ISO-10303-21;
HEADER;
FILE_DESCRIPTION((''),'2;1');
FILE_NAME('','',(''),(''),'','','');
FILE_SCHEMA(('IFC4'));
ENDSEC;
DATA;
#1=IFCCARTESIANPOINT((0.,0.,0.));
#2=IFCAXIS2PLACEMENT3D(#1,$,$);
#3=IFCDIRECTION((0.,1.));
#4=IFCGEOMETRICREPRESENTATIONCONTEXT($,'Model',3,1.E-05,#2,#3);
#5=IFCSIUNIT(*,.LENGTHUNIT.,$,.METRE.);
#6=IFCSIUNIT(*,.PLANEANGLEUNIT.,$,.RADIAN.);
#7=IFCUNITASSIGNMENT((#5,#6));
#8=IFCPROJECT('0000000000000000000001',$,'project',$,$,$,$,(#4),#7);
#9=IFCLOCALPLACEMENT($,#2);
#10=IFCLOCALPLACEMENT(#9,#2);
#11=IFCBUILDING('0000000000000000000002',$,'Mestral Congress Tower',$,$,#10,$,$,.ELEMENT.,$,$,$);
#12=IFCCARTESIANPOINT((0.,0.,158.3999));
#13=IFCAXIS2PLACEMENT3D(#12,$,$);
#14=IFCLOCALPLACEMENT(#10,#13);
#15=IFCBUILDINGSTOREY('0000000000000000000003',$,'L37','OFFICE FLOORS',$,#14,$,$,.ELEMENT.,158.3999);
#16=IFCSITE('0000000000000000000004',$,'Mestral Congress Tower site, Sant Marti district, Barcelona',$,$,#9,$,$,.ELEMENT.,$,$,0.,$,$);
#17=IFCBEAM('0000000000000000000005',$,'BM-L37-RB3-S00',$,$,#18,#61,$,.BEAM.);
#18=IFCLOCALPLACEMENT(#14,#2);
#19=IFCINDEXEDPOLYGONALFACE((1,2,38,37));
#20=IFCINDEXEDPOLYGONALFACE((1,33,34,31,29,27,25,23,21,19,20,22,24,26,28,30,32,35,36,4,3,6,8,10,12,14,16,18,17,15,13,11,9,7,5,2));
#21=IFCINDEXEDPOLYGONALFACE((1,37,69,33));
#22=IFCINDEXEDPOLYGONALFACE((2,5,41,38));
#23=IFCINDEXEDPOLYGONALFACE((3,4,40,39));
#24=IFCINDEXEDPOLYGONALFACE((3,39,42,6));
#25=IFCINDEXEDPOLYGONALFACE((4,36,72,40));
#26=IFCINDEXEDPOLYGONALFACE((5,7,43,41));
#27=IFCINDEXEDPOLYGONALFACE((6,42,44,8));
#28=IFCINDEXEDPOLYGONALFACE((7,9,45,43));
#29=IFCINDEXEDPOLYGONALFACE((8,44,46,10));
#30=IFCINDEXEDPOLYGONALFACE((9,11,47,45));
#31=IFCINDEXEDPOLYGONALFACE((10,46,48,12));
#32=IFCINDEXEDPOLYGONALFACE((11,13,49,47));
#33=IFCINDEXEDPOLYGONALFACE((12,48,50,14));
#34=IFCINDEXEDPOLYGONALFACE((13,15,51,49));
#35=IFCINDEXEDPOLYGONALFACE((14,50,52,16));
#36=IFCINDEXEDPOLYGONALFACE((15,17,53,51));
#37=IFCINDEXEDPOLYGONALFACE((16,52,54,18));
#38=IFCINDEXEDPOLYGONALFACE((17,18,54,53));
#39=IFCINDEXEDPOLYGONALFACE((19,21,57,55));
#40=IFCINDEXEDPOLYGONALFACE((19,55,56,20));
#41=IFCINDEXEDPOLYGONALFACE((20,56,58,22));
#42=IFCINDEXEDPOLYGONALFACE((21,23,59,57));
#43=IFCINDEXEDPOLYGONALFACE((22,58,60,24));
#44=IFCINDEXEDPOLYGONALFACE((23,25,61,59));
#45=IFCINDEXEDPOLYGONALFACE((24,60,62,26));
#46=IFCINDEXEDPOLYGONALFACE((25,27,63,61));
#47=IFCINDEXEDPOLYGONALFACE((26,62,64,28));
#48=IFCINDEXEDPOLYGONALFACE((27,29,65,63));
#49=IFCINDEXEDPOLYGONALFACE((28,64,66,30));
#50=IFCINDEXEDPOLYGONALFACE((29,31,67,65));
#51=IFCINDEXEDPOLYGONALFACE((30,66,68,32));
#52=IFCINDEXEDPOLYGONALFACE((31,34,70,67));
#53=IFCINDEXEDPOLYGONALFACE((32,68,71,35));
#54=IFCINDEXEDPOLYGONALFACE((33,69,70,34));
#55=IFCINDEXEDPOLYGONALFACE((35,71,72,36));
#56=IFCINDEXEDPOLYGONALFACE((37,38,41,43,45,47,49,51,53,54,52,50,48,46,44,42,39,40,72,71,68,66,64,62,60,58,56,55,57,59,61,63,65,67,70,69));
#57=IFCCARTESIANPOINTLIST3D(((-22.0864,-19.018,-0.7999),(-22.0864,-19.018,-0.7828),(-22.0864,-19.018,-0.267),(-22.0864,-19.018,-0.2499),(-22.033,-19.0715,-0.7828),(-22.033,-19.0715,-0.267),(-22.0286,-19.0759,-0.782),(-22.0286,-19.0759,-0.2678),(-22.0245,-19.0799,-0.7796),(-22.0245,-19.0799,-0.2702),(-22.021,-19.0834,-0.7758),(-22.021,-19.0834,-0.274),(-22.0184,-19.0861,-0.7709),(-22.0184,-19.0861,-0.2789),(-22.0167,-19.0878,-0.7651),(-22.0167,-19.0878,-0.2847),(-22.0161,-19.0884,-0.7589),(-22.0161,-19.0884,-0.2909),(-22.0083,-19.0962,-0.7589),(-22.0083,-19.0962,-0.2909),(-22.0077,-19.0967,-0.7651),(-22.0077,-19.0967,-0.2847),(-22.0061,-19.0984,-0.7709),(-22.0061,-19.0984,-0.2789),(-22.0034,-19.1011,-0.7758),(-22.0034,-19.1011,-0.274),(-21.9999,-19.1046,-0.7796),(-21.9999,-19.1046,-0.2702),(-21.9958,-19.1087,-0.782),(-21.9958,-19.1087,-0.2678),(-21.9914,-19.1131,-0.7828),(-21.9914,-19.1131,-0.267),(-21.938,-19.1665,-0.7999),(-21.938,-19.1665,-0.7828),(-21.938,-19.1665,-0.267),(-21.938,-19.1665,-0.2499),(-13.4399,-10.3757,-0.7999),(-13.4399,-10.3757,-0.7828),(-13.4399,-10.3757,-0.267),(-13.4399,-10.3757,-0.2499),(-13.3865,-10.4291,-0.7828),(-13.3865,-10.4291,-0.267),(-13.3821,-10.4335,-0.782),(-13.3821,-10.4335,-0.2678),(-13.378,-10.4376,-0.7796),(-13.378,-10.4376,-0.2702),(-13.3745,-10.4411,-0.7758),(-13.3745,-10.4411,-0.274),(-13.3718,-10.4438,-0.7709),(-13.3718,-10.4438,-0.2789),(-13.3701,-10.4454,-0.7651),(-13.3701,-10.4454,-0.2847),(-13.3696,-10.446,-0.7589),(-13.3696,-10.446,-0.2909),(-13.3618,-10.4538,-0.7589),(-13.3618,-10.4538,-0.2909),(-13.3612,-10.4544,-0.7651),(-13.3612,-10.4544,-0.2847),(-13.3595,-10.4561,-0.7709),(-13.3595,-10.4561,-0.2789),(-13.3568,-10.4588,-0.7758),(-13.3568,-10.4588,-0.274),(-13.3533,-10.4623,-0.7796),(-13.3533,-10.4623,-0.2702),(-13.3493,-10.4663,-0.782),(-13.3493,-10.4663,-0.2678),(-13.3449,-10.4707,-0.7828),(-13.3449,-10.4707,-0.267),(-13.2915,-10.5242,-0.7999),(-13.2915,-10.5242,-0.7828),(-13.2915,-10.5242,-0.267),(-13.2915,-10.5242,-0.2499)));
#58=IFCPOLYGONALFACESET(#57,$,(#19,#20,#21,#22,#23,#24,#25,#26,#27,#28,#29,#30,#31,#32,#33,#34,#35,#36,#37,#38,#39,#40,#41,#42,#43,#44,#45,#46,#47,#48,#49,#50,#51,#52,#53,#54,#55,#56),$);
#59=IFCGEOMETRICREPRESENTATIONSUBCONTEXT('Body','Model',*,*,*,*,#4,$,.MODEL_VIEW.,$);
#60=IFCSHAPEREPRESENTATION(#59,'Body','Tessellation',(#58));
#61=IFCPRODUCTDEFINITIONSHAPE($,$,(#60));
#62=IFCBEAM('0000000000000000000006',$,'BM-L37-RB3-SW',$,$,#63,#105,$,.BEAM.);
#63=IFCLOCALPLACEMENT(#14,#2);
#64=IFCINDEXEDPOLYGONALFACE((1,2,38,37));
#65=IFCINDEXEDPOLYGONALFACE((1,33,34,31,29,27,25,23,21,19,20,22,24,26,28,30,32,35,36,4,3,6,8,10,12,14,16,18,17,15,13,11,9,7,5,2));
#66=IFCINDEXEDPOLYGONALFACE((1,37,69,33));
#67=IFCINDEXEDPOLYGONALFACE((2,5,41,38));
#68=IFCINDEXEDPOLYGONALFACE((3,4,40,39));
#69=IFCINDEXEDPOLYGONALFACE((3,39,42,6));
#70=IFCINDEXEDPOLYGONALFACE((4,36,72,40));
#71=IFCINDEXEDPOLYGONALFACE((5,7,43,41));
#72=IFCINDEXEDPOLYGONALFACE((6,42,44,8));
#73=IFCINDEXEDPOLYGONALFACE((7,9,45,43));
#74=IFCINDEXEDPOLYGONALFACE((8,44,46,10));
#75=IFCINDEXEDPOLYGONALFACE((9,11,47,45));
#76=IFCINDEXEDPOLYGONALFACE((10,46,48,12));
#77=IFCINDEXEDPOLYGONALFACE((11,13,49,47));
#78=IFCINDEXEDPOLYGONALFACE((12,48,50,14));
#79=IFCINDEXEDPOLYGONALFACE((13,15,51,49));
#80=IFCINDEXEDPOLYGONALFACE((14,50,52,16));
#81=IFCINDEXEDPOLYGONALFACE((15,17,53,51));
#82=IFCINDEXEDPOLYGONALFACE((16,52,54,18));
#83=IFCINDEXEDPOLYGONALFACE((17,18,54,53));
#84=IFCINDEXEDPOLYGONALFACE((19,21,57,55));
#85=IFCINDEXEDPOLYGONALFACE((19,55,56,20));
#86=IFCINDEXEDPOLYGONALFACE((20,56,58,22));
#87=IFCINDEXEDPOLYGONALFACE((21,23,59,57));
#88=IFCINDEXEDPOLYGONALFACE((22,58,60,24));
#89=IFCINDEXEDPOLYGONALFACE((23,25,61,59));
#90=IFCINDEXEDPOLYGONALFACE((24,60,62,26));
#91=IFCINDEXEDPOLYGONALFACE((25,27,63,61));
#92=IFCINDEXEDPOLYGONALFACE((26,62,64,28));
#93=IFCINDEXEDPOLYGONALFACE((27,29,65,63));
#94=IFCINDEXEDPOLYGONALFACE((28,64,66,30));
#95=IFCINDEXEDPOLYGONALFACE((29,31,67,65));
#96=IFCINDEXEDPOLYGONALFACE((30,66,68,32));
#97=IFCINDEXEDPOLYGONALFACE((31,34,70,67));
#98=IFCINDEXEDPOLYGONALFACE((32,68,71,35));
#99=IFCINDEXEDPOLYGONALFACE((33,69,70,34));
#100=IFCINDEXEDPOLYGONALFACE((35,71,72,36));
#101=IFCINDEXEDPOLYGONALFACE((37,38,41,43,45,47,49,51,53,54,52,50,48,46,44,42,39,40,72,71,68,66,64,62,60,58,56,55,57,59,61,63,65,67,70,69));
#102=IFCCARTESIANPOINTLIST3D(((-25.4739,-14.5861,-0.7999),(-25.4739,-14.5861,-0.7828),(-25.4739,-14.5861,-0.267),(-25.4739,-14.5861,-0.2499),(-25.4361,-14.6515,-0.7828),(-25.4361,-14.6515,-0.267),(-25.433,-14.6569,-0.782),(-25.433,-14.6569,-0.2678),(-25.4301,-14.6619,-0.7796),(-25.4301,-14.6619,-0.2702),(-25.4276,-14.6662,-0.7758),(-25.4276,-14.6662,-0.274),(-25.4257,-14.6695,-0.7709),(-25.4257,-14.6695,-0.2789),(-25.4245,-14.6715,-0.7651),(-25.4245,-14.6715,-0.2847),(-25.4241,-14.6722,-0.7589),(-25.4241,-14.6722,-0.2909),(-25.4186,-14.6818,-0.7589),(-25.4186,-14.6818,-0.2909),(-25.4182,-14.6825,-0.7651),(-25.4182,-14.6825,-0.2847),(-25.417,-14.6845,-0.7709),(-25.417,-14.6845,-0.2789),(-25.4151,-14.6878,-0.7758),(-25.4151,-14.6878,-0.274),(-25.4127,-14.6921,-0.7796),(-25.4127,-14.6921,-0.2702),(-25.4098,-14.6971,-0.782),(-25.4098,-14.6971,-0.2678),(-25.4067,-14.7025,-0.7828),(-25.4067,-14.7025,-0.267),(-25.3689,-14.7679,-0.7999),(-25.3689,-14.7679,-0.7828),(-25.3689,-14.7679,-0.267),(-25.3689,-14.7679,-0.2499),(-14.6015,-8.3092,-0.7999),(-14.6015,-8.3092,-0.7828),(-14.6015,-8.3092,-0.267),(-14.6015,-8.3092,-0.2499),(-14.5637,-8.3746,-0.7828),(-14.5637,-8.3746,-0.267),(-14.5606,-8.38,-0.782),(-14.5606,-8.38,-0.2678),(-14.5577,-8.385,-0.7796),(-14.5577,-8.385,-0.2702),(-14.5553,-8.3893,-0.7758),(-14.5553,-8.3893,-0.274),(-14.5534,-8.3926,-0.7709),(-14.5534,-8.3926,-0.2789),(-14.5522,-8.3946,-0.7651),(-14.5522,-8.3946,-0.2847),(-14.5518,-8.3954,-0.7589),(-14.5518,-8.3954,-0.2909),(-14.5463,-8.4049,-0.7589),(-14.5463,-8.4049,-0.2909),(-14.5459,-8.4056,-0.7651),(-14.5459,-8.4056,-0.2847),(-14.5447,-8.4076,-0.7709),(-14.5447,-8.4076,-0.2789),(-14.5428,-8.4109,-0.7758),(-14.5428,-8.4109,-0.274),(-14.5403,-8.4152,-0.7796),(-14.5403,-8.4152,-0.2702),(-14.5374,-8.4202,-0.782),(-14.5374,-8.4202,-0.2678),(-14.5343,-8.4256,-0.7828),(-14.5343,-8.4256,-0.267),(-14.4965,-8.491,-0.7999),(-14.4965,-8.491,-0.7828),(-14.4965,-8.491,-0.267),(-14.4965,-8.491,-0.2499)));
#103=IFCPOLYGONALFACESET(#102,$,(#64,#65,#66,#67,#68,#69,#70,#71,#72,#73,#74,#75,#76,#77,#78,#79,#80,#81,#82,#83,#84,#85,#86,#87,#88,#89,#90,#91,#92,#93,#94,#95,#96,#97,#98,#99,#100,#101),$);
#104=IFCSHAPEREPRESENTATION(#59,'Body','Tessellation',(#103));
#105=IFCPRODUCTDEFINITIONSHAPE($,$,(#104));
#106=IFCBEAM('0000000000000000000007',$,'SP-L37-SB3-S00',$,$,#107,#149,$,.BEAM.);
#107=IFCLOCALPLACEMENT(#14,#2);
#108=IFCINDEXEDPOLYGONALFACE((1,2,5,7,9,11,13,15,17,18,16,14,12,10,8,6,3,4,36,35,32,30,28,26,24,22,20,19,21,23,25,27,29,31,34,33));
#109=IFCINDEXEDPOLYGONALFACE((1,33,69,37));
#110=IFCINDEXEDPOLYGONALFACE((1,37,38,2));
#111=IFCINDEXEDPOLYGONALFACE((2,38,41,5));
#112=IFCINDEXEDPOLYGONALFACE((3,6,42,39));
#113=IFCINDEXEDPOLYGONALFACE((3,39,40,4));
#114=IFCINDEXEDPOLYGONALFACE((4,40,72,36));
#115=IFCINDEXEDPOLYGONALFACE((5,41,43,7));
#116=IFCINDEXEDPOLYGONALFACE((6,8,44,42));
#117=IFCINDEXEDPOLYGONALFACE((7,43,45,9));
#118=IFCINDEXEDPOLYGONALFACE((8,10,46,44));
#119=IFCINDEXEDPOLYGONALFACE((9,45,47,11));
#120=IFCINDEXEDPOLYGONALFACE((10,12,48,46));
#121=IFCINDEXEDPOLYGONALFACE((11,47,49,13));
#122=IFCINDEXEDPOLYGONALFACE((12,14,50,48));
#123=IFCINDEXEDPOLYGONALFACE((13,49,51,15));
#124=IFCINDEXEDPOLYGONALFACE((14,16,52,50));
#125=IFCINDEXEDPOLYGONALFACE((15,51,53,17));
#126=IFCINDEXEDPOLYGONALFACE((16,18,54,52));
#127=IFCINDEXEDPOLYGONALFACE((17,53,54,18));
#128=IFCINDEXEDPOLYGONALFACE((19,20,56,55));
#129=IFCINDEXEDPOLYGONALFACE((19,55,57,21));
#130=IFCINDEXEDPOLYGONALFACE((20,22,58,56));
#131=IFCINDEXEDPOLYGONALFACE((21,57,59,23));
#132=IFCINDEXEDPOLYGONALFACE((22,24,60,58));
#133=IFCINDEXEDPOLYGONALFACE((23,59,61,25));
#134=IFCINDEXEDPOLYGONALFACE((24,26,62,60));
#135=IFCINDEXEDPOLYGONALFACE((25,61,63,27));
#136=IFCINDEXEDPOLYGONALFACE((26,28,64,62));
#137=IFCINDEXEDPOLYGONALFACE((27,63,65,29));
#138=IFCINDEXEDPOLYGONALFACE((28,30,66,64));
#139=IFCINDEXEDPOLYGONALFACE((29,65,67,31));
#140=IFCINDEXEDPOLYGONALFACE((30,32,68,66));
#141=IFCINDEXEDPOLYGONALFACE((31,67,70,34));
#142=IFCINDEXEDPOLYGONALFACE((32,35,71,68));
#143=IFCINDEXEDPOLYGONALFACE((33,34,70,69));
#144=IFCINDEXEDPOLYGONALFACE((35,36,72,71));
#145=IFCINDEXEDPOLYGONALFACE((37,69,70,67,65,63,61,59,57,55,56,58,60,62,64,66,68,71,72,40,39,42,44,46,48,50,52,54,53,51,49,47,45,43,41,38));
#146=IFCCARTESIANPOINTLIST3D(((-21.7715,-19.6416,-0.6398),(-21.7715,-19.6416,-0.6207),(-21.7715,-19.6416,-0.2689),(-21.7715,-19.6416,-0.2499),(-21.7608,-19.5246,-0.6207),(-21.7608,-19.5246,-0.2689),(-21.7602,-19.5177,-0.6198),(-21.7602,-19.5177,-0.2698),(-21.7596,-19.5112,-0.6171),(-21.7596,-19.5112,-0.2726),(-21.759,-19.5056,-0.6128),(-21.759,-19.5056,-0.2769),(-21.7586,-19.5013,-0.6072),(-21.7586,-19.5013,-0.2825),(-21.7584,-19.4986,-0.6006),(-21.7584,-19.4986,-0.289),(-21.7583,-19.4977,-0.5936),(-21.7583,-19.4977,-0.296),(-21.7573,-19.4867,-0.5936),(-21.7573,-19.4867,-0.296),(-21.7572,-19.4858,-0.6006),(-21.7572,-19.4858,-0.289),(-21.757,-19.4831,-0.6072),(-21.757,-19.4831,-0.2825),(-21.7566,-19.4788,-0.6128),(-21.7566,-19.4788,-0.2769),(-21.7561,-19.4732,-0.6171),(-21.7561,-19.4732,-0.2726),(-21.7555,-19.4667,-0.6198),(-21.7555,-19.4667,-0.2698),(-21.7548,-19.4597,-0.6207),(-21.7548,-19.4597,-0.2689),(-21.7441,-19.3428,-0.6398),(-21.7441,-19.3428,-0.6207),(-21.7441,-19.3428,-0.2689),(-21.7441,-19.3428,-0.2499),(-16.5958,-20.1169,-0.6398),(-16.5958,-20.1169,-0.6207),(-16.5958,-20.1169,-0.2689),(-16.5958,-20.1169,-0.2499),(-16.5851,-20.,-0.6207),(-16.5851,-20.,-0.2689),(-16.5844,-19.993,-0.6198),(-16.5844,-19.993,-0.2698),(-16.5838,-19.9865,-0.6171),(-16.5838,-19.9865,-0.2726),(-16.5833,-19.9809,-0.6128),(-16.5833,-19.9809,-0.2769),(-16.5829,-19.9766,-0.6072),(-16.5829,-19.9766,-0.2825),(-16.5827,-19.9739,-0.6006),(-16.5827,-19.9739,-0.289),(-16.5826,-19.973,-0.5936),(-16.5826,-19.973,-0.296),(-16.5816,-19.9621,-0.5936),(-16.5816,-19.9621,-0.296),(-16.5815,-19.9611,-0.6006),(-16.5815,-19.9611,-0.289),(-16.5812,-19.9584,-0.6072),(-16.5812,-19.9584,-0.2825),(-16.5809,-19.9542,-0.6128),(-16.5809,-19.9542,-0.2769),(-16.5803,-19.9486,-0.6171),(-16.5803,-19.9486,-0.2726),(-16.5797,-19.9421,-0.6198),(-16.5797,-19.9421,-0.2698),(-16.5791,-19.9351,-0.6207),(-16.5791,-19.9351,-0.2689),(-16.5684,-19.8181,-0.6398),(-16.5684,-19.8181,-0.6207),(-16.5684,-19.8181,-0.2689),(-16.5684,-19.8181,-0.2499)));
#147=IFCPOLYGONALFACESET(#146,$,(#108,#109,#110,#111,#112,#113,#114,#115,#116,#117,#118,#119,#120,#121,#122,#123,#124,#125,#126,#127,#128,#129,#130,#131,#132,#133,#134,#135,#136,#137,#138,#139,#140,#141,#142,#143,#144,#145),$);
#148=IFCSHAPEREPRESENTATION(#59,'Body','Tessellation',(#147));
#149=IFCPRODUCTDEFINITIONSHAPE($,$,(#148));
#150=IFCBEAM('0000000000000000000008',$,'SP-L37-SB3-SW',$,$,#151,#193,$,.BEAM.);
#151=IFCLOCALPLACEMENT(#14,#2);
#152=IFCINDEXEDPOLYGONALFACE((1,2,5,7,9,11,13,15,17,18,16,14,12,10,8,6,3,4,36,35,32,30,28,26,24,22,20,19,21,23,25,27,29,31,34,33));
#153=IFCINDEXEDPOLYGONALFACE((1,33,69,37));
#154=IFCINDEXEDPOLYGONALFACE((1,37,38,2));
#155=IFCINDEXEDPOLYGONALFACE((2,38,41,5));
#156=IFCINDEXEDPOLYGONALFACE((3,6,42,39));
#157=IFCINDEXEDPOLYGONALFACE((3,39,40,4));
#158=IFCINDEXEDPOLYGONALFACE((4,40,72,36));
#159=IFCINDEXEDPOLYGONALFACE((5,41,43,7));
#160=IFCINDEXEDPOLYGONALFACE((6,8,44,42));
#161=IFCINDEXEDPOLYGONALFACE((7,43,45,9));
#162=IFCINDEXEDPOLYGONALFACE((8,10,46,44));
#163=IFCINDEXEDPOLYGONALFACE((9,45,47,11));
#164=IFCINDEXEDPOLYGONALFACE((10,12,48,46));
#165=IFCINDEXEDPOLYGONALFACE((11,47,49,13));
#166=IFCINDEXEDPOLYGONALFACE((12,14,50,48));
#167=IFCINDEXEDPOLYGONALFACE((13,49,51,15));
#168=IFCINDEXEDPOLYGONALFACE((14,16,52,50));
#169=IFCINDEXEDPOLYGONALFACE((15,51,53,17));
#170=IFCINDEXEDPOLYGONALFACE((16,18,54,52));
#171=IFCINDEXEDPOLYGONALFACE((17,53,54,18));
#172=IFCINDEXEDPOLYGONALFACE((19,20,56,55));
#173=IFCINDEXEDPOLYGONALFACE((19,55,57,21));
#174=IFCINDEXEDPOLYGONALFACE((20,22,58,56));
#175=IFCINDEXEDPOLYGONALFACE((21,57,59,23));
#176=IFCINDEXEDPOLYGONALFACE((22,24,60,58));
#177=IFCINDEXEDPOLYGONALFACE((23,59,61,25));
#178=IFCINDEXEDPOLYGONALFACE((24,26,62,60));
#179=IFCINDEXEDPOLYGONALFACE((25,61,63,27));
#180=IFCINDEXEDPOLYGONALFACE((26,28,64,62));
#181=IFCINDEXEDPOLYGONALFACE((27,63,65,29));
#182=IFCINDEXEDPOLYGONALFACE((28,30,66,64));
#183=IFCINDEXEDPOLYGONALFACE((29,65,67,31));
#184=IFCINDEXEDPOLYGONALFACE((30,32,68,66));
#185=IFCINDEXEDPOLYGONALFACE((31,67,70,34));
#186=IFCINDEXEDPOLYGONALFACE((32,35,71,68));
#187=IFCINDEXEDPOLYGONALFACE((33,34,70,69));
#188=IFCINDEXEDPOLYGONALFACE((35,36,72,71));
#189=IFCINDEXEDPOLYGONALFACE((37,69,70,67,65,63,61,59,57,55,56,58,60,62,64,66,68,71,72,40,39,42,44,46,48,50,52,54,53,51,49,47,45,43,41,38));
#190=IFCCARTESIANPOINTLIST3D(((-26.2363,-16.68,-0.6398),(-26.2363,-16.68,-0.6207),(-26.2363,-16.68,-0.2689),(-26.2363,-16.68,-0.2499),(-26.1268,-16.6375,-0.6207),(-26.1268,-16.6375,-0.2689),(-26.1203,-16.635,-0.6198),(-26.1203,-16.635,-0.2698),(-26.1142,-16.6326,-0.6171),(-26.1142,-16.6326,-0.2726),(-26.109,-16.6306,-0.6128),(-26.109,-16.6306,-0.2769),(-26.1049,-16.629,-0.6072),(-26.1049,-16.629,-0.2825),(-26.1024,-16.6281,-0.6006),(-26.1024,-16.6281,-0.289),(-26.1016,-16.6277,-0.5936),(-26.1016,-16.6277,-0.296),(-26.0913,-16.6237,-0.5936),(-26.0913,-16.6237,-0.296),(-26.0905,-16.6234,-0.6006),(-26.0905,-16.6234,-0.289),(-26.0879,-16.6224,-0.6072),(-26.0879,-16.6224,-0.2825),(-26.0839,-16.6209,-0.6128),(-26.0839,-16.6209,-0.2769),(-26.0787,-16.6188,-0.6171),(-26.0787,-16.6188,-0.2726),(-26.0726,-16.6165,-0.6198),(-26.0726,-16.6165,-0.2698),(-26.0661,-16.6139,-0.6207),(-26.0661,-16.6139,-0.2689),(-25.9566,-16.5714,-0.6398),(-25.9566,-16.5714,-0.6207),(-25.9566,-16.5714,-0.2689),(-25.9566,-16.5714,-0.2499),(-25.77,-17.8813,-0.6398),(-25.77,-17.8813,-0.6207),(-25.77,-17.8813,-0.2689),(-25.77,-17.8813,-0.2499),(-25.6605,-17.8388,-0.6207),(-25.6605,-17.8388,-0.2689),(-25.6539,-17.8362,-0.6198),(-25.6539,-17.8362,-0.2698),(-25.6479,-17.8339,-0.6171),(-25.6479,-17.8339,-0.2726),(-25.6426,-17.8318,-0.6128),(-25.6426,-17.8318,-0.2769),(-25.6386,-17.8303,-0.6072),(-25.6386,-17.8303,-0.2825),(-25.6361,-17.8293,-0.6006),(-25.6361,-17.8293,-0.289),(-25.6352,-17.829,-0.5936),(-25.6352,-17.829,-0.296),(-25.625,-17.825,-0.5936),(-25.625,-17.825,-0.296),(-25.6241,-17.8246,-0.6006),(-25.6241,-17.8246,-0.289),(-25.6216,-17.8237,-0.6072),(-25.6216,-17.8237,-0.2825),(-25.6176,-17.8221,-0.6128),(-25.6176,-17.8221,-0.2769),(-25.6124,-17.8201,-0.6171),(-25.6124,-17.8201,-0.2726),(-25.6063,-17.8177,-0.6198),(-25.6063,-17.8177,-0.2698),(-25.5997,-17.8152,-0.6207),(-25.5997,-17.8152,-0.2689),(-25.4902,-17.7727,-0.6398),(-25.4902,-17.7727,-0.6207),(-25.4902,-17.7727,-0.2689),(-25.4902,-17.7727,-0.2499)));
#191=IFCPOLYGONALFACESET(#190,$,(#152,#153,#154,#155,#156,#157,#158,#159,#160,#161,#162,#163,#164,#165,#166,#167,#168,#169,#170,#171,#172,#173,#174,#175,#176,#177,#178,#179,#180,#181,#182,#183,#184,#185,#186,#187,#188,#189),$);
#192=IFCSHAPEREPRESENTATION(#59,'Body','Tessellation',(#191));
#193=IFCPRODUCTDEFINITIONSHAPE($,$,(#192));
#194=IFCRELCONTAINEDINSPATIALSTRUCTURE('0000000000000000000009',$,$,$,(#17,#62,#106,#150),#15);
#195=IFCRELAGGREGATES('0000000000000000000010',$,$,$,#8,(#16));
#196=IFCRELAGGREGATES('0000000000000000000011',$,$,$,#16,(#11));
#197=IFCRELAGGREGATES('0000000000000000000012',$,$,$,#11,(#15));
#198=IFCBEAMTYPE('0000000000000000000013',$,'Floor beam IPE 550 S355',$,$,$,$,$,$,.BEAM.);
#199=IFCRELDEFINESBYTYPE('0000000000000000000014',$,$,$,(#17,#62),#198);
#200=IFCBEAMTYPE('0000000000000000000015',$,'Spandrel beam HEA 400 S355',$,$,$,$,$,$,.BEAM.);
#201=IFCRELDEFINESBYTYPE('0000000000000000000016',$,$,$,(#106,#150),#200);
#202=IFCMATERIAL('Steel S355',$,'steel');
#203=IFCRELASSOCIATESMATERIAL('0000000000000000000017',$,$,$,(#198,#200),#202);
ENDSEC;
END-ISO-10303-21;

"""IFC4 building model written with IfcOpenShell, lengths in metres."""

from ifc_helpers import new_model, si_unit, direction, frame, origin, origin_2d, place, context, subcontext, project, spatial, i_section, extrude, material, material_profile, profile_set, type_object, element, save


model = new_model("IFC4")

# Units and contexts
model_context = context("Model", 3, precision=1e-05, world=origin(), true_north=direction((0.0, 1.0)))
body_context = subcontext(model_context, "Body", "Model", "MODEL_VIEW")
ifc_project = project(units=[si_unit("LENGTHUNIT", "METRE"), si_unit("PLANEANGLEUNIT", "RADIAN")], contexts=[model_context])

# Site, building, storey
site_placement = place(None, origin())
site = spatial("IfcSite", under=ifc_project, at=site_placement, Name="Mestral Congress Tower site, Sant Marti district, Barcelona", CompositionType="ELEMENT", RefElevation=0.0)
building_placement = place(site_placement, origin())
building = spatial("IfcBuilding", under=site, at=building_placement, Name="Mestral Congress Tower", CompositionType="ELEMENT")
storey_placement = place(building_placement, frame((0.0, 0.0, 158.3999)))
storey = spatial("IfcBuildingStorey", under=building, at=storey_placement, Name="L37", Description="OFFICE FLOORS", CompositionType="ELEMENT", Elevation=158.3999)

# Beams
ifc_material_1 = material(Name="Steel S355", Category="steel")
ifc_material_profile_1 = material_profile(ifc_material_1, i_section(OverallWidth=0.21, OverallDepth=0.55, WebThickness=0.011, FlangeThickness=0.0171, FilletRadius=0.0239, at=origin_2d()), Name="IPE 550")
ifc_profile_set_1 = profile_set([ifc_material_profile_1], Name="Steel S355")
beam_type_1 = type_object("IfcBeamType", Name="Floor beam IPE 550 S355", PredefinedType="BEAM", material=ifc_profile_set_1)
beam_1_placement = place(storey_placement, frame((-22.0122, -19.0923, -0.5249), z_axis=(0.707277, 0.706937, 0.0), x_axis=(-0.706937, 0.707277, 0.0)))
element("IfcBeam", 1, at=beam_1_placement, inside=storey, type_object=beam_type_1, Name="BM-L37-RB3-S00", PredefinedType="BEAM", context=body_context, shape_type="SweptSolid", body=[
    extrude(i_section(OverallWidth=0.21, OverallDepth=0.55, WebThickness=0.011, FlangeThickness=0.0171, FilletRadius=0.0239, at=origin_2d()), origin(), (0.0, 0.0, 1.0), 12.2251),
])
beam_2_placement = place(storey_placement, frame((-25.4214, -14.677, -0.5249), z_axis=(0.866035, 0.499983, 0.0), x_axis=(-0.499983, 0.866035, 0.0)))
element("IfcBeam", 2, at=beam_2_placement, inside=storey, type_object=beam_type_1, Name="BM-L37-RB3-SW", PredefinedType="BEAM", context=body_context, shape_type="SweptSolid", body=[
    extrude(i_section(OverallWidth=0.21, OverallDepth=0.55, WebThickness=0.011, FlangeThickness=0.0171, FilletRadius=0.0239, at=origin_2d()), origin(), (0.0, 0.0, 1.0), 12.5542),
])
ifc_material_profile_2 = material_profile(ifc_material_1, i_section(OverallWidth=0.3, OverallDepth=0.3899, WebThickness=0.011, FlangeThickness=0.019, FilletRadius=0.0271, at=origin_2d()), Name="HEA 400")
ifc_profile_set_2 = profile_set([ifc_material_profile_2], Name="Steel S355")
beam_type_2 = type_object("IfcBeamType", Name="Spandrel beam HEA 400 S355", PredefinedType="BEAM", material=ifc_profile_set_2)
beam_3_placement = place(storey_placement, frame((-21.7578, -19.4922, -0.4448), z_axis=(0.995809, -0.091455, 0.0), x_axis=(0.091455, 0.995809, 0.0)))
element("IfcBeam", 3, at=beam_3_placement, inside=storey, type_object=beam_type_2, Name="SP-L37-SB3-S00", PredefinedType="BEAM", context=body_context, shape_type="SweptSolid", body=[
    extrude(i_section(OverallWidth=0.3, OverallDepth=0.3899, WebThickness=0.011, FlangeThickness=0.019, FilletRadius=0.0271, at=origin_2d()), origin(), (0.0, 0.0, 1.0), 5.1975),
])
beam_4_placement = place(storey_placement, frame((-26.0964, -16.6257, -0.4448), z_axis=(0.361898, -0.932218, 0.0), x_axis=(0.932218, 0.361898, 0.0)))
element("IfcBeam", 4, at=beam_4_placement, inside=storey, type_object=beam_type_2, Name="SP-L37-SB3-SW", PredefinedType="BEAM", context=body_context, shape_type="SweptSolid", body=[
    extrude(i_section(OverallWidth=0.3, OverallDepth=0.3899, WebThickness=0.011, FlangeThickness=0.019, FilletRadius=0.0271, at=origin_2d()), origin(), (0.0, 0.0, 1.0), 1.2886),
])

save(model, "model.ifc")
